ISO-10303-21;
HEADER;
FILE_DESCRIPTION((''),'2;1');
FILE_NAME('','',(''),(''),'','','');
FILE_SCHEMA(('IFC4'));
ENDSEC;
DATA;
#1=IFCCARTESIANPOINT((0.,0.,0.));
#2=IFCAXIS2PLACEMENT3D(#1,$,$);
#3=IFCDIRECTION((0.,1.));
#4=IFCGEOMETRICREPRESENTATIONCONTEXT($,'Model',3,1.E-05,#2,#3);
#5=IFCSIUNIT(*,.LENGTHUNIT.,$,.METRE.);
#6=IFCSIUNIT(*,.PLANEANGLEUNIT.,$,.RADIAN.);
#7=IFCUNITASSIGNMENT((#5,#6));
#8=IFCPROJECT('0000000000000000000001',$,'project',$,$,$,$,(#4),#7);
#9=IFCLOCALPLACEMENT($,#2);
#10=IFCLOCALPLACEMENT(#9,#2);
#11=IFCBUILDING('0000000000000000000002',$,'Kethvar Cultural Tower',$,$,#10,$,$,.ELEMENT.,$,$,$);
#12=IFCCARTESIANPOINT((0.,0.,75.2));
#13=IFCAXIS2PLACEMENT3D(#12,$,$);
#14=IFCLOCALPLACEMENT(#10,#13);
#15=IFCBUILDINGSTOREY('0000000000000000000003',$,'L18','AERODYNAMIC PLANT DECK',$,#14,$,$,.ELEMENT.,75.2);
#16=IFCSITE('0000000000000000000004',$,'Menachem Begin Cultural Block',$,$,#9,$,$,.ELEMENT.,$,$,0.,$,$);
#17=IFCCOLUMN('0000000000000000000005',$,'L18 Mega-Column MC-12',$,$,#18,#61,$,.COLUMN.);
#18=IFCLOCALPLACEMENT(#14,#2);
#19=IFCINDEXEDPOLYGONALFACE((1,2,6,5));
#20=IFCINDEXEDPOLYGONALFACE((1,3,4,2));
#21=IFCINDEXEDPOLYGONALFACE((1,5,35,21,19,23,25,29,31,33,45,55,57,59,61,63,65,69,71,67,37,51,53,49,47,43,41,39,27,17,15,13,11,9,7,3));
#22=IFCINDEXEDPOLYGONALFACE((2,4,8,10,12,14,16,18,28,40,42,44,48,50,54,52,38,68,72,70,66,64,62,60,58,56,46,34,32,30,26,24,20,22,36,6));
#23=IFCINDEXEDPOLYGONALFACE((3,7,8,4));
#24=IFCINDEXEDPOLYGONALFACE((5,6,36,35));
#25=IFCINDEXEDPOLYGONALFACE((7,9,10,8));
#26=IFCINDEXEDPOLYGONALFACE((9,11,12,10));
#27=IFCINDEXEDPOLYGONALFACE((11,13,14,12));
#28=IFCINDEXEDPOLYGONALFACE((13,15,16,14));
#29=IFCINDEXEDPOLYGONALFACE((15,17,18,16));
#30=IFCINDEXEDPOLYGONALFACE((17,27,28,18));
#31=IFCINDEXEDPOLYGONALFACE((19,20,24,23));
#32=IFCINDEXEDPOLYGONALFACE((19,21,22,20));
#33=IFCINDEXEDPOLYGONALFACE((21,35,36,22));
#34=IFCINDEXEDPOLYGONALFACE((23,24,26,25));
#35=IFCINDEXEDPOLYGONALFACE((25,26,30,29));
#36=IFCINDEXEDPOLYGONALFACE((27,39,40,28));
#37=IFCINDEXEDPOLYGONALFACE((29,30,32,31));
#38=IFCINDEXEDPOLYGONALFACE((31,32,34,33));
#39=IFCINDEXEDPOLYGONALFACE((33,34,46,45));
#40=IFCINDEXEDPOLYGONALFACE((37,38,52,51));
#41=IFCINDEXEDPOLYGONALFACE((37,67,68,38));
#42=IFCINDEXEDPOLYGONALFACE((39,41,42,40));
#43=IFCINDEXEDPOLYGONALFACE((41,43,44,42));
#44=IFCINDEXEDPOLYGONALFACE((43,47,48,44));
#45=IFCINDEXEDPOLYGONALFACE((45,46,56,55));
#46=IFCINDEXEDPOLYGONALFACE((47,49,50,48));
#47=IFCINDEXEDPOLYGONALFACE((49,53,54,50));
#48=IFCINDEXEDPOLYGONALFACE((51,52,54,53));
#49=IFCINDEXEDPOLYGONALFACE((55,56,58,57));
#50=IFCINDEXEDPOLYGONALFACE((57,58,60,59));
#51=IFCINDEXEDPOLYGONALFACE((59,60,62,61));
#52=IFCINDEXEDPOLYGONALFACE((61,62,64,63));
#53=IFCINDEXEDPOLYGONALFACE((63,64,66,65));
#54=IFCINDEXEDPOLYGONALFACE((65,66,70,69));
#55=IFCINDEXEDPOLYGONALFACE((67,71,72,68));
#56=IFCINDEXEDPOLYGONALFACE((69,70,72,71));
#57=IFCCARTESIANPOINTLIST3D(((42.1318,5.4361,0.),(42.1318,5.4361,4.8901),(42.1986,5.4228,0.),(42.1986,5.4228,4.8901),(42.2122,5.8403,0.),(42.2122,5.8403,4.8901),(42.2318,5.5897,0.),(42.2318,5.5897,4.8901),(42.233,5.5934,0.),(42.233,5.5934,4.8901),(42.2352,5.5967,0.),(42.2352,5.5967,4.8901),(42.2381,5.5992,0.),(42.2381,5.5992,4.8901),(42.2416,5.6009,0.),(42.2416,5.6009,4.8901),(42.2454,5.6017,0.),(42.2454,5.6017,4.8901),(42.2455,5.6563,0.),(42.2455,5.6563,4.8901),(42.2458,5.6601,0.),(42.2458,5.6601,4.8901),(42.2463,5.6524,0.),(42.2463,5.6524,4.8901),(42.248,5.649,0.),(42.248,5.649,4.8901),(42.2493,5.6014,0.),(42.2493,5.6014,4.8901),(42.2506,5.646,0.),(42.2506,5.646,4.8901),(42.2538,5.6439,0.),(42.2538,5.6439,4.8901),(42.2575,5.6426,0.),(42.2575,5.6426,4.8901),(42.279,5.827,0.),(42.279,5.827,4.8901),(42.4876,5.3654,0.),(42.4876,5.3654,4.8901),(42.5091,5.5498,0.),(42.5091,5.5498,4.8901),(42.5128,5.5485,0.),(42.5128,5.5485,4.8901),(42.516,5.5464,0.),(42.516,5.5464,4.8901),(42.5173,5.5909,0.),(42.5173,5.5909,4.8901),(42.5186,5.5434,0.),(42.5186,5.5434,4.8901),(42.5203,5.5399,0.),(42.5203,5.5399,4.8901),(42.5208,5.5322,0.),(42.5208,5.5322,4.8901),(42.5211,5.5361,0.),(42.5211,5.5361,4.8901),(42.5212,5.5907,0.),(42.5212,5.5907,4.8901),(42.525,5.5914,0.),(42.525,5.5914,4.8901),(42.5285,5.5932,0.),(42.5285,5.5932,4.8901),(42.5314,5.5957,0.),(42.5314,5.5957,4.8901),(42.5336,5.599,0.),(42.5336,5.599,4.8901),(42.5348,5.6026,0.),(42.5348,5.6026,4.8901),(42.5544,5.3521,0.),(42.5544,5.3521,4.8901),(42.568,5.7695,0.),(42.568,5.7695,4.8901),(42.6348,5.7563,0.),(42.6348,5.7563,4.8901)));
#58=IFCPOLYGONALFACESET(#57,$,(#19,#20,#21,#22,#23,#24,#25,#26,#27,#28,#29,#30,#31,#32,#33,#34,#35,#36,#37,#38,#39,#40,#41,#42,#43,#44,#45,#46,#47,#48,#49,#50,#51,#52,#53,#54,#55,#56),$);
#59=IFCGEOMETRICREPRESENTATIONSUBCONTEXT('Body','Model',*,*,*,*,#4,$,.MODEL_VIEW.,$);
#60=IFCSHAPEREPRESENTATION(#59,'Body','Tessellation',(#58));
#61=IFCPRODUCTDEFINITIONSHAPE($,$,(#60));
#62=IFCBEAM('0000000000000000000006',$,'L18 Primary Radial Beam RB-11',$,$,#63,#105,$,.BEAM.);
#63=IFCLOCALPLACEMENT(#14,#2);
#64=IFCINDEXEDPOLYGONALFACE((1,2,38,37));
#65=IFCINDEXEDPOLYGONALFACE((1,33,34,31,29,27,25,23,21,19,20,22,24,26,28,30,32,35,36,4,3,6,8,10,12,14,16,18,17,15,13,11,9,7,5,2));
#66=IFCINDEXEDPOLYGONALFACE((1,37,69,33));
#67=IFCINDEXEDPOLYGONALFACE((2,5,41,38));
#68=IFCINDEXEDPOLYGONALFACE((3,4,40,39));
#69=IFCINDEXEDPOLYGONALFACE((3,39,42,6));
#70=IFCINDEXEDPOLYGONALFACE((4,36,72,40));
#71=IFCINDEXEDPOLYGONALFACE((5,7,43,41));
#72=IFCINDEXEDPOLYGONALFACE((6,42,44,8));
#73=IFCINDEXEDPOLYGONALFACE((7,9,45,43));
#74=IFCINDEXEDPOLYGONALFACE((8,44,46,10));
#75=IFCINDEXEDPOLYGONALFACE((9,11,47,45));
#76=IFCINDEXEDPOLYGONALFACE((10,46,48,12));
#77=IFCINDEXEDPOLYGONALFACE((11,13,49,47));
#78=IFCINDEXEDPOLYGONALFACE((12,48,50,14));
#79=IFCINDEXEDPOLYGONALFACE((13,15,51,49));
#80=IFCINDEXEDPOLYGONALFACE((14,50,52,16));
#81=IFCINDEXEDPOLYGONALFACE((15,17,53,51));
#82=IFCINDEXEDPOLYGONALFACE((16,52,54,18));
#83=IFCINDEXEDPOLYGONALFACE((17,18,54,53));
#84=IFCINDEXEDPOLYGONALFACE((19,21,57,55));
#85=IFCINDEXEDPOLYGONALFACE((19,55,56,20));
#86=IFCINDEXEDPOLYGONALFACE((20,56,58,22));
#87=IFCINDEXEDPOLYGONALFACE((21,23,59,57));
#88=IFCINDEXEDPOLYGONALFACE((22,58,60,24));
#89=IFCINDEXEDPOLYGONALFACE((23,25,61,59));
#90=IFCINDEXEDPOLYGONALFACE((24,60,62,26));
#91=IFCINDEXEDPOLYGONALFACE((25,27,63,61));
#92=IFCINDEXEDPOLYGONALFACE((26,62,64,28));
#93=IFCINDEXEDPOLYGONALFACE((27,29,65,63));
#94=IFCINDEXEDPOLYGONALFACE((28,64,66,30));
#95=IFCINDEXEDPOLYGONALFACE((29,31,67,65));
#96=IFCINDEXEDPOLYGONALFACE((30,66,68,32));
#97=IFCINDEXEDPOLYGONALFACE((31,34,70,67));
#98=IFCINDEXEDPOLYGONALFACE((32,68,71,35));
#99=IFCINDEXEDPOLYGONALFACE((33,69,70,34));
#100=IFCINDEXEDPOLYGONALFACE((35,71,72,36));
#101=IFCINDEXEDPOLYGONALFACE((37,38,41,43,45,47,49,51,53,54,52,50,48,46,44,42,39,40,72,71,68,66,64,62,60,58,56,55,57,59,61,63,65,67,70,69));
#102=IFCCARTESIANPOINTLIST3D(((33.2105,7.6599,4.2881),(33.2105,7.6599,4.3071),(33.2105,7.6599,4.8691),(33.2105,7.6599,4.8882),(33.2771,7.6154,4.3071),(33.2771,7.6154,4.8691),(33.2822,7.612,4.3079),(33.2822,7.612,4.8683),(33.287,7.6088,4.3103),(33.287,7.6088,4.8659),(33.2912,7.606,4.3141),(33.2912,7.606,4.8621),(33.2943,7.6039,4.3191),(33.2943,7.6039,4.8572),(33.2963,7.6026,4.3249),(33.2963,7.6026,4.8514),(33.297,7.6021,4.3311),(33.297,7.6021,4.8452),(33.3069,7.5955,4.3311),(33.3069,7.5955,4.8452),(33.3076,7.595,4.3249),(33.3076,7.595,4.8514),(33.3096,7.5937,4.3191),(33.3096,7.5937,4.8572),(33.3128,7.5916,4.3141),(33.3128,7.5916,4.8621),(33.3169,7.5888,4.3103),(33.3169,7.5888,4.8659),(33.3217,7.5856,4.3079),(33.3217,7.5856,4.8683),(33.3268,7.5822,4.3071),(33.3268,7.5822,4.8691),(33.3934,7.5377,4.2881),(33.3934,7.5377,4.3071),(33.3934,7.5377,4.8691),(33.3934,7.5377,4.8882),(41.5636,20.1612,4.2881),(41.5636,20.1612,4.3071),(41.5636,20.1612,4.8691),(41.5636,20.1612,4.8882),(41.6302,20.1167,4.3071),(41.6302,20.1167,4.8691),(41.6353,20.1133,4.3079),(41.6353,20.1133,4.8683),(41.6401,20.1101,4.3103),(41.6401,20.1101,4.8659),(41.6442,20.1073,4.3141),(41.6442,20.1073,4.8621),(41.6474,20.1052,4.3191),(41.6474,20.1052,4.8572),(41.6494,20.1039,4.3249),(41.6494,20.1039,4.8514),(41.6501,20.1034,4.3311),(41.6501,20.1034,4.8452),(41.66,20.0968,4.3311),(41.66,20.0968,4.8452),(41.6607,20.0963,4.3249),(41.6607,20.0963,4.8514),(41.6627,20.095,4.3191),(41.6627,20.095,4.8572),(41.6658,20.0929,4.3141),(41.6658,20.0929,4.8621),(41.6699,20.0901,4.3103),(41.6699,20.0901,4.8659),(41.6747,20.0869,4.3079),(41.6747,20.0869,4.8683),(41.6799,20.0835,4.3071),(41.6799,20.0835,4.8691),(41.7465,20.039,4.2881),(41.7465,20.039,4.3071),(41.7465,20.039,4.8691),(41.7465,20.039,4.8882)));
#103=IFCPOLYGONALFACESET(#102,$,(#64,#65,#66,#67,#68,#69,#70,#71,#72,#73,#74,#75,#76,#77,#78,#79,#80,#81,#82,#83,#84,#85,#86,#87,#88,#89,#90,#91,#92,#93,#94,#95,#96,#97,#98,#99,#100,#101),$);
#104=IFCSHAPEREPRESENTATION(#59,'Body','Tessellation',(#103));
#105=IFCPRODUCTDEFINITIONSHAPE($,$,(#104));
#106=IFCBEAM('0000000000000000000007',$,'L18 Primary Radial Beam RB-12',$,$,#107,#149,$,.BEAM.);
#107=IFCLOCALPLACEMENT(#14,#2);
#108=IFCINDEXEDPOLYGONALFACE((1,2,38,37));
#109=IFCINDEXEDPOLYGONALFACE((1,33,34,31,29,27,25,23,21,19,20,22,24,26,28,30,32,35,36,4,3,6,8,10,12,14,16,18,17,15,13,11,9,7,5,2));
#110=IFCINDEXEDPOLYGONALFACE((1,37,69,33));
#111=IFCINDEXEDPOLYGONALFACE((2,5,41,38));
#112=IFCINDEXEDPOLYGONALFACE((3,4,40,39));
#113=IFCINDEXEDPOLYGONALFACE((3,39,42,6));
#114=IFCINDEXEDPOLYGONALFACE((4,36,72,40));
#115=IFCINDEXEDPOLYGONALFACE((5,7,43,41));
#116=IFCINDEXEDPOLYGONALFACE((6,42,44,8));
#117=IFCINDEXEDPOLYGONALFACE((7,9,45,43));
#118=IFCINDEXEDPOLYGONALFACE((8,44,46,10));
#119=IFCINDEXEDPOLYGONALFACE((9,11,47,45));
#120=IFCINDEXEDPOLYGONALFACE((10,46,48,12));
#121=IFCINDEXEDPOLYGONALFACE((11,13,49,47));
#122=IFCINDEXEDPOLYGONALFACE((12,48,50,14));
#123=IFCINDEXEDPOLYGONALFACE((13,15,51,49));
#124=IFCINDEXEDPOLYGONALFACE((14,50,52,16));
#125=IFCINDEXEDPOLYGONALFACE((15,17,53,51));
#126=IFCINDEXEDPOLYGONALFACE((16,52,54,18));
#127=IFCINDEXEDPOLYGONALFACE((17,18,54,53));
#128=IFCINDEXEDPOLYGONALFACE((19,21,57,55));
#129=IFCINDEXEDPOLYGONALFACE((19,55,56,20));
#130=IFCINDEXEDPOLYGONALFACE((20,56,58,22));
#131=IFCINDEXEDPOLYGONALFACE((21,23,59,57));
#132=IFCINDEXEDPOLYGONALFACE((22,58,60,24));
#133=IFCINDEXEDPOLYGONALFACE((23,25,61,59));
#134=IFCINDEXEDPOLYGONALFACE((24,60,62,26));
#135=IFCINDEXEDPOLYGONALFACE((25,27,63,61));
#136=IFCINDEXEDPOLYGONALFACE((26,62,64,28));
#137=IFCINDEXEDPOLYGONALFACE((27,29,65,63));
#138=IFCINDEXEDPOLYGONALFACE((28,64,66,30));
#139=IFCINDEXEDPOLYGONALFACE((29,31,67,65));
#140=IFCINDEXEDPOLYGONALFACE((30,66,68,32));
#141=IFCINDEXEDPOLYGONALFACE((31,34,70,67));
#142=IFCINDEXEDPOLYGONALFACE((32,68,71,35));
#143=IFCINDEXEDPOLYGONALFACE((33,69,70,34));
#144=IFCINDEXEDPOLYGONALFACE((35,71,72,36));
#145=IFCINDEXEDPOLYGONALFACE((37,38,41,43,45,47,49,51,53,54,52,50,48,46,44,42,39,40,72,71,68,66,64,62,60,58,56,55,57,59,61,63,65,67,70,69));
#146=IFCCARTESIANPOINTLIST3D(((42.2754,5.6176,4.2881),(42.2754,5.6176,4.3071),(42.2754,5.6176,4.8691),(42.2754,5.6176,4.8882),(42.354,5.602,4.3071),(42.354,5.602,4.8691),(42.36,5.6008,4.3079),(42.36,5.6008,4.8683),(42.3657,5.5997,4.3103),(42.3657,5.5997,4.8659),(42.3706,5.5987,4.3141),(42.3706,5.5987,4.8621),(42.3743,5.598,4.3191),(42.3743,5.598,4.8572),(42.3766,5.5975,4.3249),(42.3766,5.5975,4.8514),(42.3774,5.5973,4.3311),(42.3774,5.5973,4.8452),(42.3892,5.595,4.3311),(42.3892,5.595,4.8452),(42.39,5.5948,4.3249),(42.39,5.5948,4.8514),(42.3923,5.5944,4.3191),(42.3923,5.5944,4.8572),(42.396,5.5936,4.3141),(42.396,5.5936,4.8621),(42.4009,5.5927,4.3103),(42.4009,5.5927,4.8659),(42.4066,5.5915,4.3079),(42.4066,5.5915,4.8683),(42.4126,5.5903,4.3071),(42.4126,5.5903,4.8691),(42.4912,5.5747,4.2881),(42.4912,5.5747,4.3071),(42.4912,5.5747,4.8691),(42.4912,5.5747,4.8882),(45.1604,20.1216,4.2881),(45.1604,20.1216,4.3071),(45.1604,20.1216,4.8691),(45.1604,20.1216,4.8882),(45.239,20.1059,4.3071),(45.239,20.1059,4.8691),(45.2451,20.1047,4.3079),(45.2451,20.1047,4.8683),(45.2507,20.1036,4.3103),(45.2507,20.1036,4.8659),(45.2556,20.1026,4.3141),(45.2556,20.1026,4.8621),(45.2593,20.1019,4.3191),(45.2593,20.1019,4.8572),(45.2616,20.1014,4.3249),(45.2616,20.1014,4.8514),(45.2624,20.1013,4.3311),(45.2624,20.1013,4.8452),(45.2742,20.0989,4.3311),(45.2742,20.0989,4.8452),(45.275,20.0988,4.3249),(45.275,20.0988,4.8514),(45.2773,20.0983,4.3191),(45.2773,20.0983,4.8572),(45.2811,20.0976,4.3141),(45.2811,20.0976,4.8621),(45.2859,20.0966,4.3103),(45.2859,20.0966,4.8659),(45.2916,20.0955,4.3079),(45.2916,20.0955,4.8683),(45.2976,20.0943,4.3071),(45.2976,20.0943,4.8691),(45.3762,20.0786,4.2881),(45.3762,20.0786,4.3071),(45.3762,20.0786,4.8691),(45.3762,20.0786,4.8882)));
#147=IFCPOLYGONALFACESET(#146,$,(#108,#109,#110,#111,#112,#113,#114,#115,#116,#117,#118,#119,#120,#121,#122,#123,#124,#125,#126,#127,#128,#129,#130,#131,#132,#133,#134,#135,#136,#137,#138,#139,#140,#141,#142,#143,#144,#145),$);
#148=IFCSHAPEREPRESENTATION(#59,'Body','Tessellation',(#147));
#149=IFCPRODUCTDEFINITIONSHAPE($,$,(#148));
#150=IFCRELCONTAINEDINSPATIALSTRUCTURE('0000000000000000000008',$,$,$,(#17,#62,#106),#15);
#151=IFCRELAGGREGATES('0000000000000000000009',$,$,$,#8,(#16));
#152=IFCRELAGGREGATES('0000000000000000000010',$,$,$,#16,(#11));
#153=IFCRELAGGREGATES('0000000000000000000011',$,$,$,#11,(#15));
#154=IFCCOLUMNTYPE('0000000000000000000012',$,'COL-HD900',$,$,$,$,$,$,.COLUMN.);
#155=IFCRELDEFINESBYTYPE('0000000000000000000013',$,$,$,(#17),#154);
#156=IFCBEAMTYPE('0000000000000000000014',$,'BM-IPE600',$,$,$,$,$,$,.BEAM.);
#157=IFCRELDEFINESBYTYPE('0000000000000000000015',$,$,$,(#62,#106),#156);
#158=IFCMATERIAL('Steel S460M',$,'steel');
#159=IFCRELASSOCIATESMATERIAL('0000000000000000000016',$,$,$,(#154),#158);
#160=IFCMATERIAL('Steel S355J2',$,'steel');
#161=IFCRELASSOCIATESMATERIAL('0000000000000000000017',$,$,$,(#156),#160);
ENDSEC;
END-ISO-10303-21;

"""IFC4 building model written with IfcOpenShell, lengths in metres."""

from ifc_helpers import new_model, si_unit, direction, frame, origin, origin_2d, place, context, subcontext, project, spatial, i_section, extrude, source, transform, mapped, material, material_profile, profile_set, type_object, element, save


model = new_model("IFC4")

# Units and contexts
model_context = context("Model", 3, precision=1e-05, world=origin(), true_north=direction((0.0, 1.0)))
body_context = subcontext(model_context, "Body", "Model", "MODEL_VIEW")
ifc_project = project(units=[si_unit("LENGTHUNIT", "METRE"), si_unit("PLANEANGLEUNIT", "RADIAN")], contexts=[model_context])

# Site, building, storey
site_placement = place(None, origin())
site = spatial("IfcSite", under=ifc_project, at=site_placement, Name="Menachem Begin Cultural Block", CompositionType="ELEMENT", RefElevation=0.0)
building_placement = place(site_placement, origin())
building = spatial("IfcBuilding", under=site, at=building_placement, Name="Kethvar Cultural Tower", CompositionType="ELEMENT")
storey_placement = place(building_placement, frame((0.0, 0.0, 75.2)))
storey = spatial("IfcBuildingStorey", under=building, at=storey_placement, Name="L18", Description="AERODYNAMIC PLANT DECK", CompositionType="ELEMENT", Elevation=75.2)

# Column
ifc_material_1 = material(Name="Steel S460M", Category="steel")
ifc_material_profile_1 = material_profile(ifc_material_1, i_section(OverallWidth=0.4121, OverallDepth=0.4309, WebThickness=0.042, FlangeThickness=0.0681, FilletRadius=0.0149, at=origin_2d()), Name="Steel S460M — HD400x900")
ifc_profile_set_1 = profile_set([ifc_material_profile_1], Name="Steel S460M — HD400x900")
column_type = type_object("IfcColumnType", Name="COL-HD900", PredefinedType="COLUMN", material=ifc_profile_set_1)
shared_shape_1 = source(origin(), body_context, "Body", "SweptSolid", [
    extrude(i_section(OverallWidth=0.4121, OverallDepth=0.4309, WebThickness=0.042, FlangeThickness=0.0681, FilletRadius=0.0149, at=origin_2d()), origin(), (0.0, 0.0, 1.0), 4.8901),
])
column_placement = place(storey_placement, frame((42.3833, 5.5962, 0.0), z_axis=(0.0, 0.0, 1.0), x_axis=(-0.19509, -0.980785, 0.0)))
element("IfcColumn", 1, at=column_placement, inside=storey, type_object=column_type, Name="L18 Mega-Column MC-12", PredefinedType="COLUMN", context=body_context, shape_type="MappedRepresentation", body=[
    mapped(shared_shape_1, transform((0.0, 0.0, 0.0), scale=1.0)),
])

# Beams
ifc_material_2 = material(Name="Steel S355J2", Category="steel")
ifc_material_profile_2 = material_profile(ifc_material_2, i_section(OverallWidth=0.22, OverallDepth=0.6001, WebThickness=0.012, FlangeThickness=0.019, FilletRadius=0.0239, at=origin_2d()), Name="Steel S355J2 — IPE600")
ifc_profile_set_2 = profile_set([ifc_material_profile_2], Name="Steel S355J2 — IPE600")
beam_type_1 = type_object("IfcBeamType", Name="BM-IPE600", PredefinedType="BEAM", material=ifc_profile_set_2)
shared_shape_2 = source(origin(), body_context, "Body", "SweptSolid", [
    extrude(i_section(OverallWidth=0.22, OverallDepth=0.6001, WebThickness=0.012, FlangeThickness=0.019, FilletRadius=0.0239, at=origin_2d()), origin(), (0.0, 0.0, 1.0), 15.0352),
])
beam_1_placement = place(storey_placement, frame((41.655, 20.1001, 4.5881), z_axis=(-0.555569, -0.83147, 0.0), x_axis=(0.83147, -0.555569, 0.0)))
element("IfcBeam", 2, at=beam_1_placement, inside=storey, type_object=beam_type_1, Name="L18 Primary Radial Beam RB-11", PredefinedType="BEAM", context=body_context, shape_type="MappedRepresentation", body=[
    mapped(shared_shape_2, transform((0.0, 0.0, 0.0), scale=1.0)),
])
shared_shape_3 = source(origin(), body_context, "Body", "SweptSolid", [
    extrude(i_section(OverallWidth=0.22, OverallDepth=0.6001, WebThickness=0.012, FlangeThickness=0.019, FilletRadius=0.0239, at=origin_2d()), origin(), (0.0, 0.0, 1.0), 14.7881),
])
beam_2_placement = place(storey_placement, frame((45.2683, 20.1001, 4.5881), z_axis=(-0.195091, -0.980785, 0.0), x_axis=(0.980785, -0.195091, 0.0)))
element("IfcBeam", 3, at=beam_2_placement, inside=storey, type_object=beam_type_1, Name="L18 Primary Radial Beam RB-12", PredefinedType="BEAM", context=body_context, shape_type="MappedRepresentation", body=[
    mapped(shared_shape_3, transform((0.0, 0.0, 0.0), scale=1.0)),
])

save(model, "model.ifc")
